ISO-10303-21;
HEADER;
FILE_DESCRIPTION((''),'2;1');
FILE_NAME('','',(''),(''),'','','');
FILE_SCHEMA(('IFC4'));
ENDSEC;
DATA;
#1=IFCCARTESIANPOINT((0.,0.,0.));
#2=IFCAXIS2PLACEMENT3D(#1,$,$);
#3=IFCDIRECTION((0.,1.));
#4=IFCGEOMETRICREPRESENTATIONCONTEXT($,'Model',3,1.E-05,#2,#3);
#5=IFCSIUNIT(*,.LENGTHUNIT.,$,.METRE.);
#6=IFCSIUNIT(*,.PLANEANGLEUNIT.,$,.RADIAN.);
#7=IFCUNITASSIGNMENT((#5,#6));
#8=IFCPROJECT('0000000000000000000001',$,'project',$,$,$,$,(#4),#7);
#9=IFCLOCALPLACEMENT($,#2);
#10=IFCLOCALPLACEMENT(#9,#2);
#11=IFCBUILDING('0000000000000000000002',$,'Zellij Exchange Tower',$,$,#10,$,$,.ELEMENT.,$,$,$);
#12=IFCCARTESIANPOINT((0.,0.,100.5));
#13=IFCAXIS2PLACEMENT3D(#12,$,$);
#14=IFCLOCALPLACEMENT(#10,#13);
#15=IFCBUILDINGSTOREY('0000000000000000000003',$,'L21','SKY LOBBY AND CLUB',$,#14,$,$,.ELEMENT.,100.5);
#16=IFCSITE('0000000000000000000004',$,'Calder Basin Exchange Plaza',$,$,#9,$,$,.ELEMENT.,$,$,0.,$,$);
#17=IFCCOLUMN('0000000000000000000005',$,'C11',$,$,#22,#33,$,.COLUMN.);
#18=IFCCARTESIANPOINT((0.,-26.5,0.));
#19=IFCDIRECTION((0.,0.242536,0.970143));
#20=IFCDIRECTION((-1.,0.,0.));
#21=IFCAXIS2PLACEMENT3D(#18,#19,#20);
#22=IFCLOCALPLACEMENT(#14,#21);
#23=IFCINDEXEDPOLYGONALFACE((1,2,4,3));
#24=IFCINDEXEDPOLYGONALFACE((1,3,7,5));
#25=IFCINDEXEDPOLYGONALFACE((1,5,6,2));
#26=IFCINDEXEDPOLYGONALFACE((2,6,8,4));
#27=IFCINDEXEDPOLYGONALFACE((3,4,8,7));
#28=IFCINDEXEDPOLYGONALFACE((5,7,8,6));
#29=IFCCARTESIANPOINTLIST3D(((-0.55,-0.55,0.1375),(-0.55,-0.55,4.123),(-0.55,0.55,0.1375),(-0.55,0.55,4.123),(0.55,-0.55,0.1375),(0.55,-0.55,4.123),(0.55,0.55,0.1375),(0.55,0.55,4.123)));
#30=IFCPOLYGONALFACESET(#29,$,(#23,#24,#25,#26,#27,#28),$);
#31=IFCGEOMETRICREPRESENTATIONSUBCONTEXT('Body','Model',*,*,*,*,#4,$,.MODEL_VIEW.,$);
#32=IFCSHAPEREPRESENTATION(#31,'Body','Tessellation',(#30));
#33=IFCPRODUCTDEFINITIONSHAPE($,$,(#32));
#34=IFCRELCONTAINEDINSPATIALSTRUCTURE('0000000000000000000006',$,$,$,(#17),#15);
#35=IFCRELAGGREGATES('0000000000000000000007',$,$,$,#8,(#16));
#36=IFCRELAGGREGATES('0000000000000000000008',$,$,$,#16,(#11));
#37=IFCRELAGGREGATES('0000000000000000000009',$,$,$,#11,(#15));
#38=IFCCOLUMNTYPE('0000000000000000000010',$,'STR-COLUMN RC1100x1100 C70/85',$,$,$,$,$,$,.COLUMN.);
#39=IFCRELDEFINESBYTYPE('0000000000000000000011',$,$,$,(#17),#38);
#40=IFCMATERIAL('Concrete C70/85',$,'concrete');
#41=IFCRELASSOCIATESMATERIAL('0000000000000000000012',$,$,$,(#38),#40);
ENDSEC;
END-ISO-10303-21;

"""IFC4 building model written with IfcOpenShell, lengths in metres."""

from ifc_helpers import new_model, si_unit, direction, frame, origin, origin_2d, place, context, subcontext, project, spatial, rectangle, extrude, clip, halfspace, material, material_profile, profile_set, type_object, element, save


model = new_model("IFC4")

# Units and contexts
model_context = context("Model", 3, precision=1e-05, world=origin(), true_north=direction((0.0, 1.0)))
body_context = subcontext(model_context, "Body", "Model", "MODEL_VIEW")
ifc_project = project(units=[si_unit("LENGTHUNIT", "METRE"), si_unit("PLANEANGLEUNIT", "RADIAN")], contexts=[model_context])

# Site, building, storey
site_placement = place(None, origin())
site = spatial("IfcSite", under=ifc_project, at=site_placement, Name="Calder Basin Exchange Plaza", CompositionType="ELEMENT", RefElevation=0.0)
building_placement = place(site_placement, origin())
building = spatial("IfcBuilding", under=site, at=building_placement, Name="Zellij Exchange Tower", CompositionType="ELEMENT")
storey_placement = place(building_placement, frame((0.0, 0.0, 100.5)))
storey = spatial("IfcBuildingStorey", under=building, at=storey_placement, Name="L21", Description="SKY LOBBY AND CLUB", CompositionType="ELEMENT", Elevation=100.5)

# Column
ifc_material_1 = material(Name="Concrete C70/85", Category="concrete")
ifc_material_profile_1 = material_profile(ifc_material_1, rectangle(XDim=1.1001, YDim=1.1001, at=origin_2d()), Name="STR-COLUMN RC1100x1100 C70/85")
ifc_profile_set_1 = profile_set([ifc_material_profile_1], Name="Concrete C70/85")
column_type = type_object("IfcColumnType", Name="STR-COLUMN RC1100x1100 C70/85", PredefinedType="COLUMN", material=ifc_profile_set_1)
column_placement = place(storey_placement, frame((0.0, -26.5, 0.0), z_axis=(0.0, 0.242536, 0.970143), x_axis=(-1.0, 0.0, 0.0)))
element("IfcColumn", 1, at=column_placement, inside=storey, type_object=column_type, Name="C11", PredefinedType="COLUMN", context=body_context, shape_type="Clipping", body=[
    clip(extrude(rectangle(XDim=1.1001, YDim=1.1001, at=origin_2d()), origin(), (0.0, 0.0, 1.0), 4.123), halfspace(frame((0.0, 0.0, 0.1375)), True)),
])

save(model, "model.ifc")
